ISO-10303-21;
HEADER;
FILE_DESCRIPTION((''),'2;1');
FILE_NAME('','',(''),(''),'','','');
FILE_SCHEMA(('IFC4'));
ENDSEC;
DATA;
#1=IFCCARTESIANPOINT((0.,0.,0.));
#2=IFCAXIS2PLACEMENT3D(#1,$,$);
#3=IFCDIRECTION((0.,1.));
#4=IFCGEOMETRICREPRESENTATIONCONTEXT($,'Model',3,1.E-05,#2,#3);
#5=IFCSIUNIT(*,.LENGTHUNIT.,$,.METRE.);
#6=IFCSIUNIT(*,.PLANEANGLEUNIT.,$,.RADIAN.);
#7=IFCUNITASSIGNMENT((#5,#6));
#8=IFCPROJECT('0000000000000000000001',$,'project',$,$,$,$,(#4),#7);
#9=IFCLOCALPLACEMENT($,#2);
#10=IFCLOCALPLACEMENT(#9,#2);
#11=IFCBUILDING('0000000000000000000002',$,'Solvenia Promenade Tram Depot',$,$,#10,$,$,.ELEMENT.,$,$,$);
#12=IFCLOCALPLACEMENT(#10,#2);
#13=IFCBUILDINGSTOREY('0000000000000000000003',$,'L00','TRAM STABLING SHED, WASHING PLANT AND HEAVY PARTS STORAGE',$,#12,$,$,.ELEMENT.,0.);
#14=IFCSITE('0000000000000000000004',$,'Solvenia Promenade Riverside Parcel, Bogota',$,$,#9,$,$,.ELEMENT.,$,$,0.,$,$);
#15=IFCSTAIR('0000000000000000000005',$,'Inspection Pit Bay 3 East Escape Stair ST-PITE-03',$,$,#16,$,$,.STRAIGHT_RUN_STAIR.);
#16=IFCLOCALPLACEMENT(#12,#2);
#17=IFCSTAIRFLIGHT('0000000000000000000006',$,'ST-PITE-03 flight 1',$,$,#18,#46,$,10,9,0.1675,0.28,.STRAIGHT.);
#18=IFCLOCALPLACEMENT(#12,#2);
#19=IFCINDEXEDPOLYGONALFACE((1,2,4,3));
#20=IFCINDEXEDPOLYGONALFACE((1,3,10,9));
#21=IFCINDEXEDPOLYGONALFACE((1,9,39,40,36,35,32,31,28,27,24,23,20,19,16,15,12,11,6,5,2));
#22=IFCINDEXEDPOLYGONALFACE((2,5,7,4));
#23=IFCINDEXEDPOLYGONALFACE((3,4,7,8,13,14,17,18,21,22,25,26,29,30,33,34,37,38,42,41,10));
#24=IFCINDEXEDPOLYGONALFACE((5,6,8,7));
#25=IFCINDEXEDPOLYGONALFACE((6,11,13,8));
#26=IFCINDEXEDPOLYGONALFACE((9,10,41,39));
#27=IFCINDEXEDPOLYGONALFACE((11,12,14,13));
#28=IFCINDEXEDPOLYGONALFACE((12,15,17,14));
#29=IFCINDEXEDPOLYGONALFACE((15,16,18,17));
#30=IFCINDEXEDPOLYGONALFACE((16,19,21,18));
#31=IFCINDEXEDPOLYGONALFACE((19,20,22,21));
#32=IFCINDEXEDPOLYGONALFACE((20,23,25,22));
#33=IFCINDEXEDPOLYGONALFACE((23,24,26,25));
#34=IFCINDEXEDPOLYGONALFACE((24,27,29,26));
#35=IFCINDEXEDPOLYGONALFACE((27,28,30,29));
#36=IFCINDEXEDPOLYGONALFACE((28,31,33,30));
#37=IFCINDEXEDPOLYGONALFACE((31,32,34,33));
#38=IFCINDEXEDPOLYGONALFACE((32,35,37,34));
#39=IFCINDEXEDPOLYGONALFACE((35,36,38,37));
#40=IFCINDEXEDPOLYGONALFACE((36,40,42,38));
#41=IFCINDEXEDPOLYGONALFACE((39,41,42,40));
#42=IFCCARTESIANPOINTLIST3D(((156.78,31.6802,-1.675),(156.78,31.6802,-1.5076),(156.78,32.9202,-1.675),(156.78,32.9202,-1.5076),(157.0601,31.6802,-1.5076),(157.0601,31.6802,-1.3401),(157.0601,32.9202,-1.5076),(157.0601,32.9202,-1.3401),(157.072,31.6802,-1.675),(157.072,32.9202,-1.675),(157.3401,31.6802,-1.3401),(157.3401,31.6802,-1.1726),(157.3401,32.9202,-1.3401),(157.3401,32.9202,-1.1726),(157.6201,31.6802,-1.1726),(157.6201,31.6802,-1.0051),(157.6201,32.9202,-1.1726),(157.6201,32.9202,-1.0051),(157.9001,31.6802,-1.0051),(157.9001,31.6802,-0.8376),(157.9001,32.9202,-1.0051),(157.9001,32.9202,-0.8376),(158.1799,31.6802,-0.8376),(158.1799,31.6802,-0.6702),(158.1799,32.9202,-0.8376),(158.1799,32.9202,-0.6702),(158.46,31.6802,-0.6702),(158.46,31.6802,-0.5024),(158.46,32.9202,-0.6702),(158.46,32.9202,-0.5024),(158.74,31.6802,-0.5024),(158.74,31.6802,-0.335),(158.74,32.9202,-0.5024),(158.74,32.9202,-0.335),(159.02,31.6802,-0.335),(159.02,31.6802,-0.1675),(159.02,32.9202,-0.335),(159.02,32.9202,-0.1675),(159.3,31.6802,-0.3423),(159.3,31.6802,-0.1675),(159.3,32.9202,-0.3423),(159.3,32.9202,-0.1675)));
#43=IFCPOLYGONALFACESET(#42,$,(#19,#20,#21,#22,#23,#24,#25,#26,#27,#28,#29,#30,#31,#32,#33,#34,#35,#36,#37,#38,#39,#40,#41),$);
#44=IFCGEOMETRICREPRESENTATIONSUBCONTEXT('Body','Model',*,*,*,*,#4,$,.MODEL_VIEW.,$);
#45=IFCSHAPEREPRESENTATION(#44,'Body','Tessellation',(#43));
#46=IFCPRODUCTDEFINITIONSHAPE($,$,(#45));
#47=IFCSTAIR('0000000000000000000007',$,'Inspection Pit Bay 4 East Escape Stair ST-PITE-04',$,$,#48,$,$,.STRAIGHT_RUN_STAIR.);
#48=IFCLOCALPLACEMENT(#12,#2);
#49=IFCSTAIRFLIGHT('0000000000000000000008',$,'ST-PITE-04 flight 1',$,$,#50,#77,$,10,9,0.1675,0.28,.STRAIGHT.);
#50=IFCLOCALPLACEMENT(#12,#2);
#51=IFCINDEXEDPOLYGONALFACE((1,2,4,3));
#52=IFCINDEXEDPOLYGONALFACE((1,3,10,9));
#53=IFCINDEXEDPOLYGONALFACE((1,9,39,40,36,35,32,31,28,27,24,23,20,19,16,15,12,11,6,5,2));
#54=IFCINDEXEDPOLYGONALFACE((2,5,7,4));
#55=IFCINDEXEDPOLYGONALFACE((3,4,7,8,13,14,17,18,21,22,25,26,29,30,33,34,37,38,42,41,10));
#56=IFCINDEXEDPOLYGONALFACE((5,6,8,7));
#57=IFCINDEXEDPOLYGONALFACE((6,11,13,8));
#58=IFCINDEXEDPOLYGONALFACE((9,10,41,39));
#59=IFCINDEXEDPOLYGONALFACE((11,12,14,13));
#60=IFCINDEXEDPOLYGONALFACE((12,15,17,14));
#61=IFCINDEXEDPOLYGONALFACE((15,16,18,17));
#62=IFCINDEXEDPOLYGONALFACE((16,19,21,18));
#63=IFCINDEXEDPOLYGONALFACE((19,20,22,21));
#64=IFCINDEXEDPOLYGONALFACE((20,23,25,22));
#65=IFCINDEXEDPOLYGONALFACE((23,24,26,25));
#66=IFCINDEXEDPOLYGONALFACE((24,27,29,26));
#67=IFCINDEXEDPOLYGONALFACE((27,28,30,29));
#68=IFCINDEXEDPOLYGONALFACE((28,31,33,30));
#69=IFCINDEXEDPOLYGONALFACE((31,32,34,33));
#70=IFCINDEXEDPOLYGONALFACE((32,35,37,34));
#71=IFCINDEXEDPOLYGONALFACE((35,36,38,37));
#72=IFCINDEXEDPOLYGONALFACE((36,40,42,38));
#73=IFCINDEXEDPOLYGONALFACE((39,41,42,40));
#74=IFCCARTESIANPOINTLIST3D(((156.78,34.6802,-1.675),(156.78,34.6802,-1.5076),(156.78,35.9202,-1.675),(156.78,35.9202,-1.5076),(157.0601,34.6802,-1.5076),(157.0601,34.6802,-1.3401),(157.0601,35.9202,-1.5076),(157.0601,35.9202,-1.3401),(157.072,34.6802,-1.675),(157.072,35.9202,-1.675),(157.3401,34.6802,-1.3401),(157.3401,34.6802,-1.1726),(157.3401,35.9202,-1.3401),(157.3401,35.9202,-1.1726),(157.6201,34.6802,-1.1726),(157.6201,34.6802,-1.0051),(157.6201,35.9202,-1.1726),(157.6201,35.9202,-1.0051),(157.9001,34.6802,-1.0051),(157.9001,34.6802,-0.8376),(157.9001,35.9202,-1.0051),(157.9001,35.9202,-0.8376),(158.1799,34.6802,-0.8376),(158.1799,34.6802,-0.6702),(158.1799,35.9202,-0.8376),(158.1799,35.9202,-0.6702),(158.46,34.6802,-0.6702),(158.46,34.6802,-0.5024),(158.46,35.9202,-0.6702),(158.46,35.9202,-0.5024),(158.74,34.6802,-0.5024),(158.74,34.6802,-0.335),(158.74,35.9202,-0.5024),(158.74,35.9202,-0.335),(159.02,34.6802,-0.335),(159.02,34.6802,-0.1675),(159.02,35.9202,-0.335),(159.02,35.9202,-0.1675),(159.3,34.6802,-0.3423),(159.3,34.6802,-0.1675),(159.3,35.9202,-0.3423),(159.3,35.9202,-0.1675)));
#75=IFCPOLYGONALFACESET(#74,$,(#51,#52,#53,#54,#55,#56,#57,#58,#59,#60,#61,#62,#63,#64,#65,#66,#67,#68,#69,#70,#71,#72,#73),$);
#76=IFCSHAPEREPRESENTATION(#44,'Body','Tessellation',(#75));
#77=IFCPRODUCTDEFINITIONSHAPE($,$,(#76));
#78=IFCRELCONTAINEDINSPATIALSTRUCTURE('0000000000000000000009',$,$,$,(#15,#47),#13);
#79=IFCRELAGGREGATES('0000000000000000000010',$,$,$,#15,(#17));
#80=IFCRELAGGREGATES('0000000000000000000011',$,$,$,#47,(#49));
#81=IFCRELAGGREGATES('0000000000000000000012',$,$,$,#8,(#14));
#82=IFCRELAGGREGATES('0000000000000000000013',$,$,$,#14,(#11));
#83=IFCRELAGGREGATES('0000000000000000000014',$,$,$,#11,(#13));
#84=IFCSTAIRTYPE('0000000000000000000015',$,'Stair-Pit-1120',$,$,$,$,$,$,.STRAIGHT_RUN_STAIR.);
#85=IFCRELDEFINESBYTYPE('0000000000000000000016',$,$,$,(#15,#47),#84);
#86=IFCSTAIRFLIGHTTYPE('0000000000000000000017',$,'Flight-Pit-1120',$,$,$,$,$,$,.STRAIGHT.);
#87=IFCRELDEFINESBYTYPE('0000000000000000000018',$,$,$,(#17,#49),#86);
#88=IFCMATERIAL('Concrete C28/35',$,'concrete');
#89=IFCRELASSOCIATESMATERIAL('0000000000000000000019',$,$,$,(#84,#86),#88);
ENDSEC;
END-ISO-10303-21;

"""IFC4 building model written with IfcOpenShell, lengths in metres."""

from ifc_helpers import new_model, si_unit, direction, frame, origin, place, context, subcontext, project, spatial, polyline, outline, extrude, material, type_object, element, aggregate, save


model = new_model("IFC4")

# Units and contexts
model_context = context("Model", 3, precision=1e-05, world=origin(), true_north=direction((0.0, 1.0)))
body_context = subcontext(model_context, "Body", "Model", "MODEL_VIEW")
ifc_project = project(units=[si_unit("LENGTHUNIT", "METRE"), si_unit("PLANEANGLEUNIT", "RADIAN")], contexts=[model_context])

# Site, building, storey
site_placement = place(None, origin())
site = spatial("IfcSite", under=ifc_project, at=site_placement, Name="Solvenia Promenade Riverside Parcel, Bogota", CompositionType="ELEMENT", RefElevation=0.0)
building_placement = place(site_placement, origin())
building = spatial("IfcBuilding", under=site, at=building_placement, Name="Solvenia Promenade Tram Depot", CompositionType="ELEMENT")
storey_placement = place(building_placement, origin())
storey = spatial("IfcBuildingStorey", under=building, at=storey_placement, Name="L00", Description="TRAM STABLING SHED, WASHING PLANT AND HEAVY PARTS STORAGE", CompositionType="ELEMENT", Elevation=0.0)

# Shared definitions
ifc_material_1 = material(Name="Concrete C28/35", Category="concrete")

# Stairs, stair flights
stair_type = type_object("IfcStairType", Name="Stair-Pit-1120", PredefinedType="STRAIGHT_RUN_STAIR", material=ifc_material_1)
stair_1_placement = place(storey_placement, origin())
stair_1 = element("IfcStair", 1, at=stair_1_placement, inside=storey, type_object=stair_type, Name="Inspection Pit Bay 3 East Escape Stair ST-PITE-03", PredefinedType="STRAIGHT_RUN_STAIR")
stair_flight_type = type_object("IfcStairFlightType", Name="Flight-Pit-1120", PredefinedType="STRAIGHT", material=ifc_material_1)
stair_flight_1_placement = place(storey_placement, frame((156.78, 32.3, -1.675), z_axis=(0.0, 0.0, 1.0), x_axis=(1.0, 0.0, 0.0)))
stair_flight_1 = element("IfcStairFlight", 2, at=stair_flight_1_placement, type_object=stair_flight_type, Name="ST-PITE-03 flight 1", NumberOfRisers=10, NumberOfTreads=9, PredefinedType="STRAIGHT", RiserHeight=0.1675, TreadLength=0.28, context=body_context, shape_type="SweptSolid", body=[
    extrude(outline(polyline([(0.0, 0.0), (0.0, 0.1675), (0.28, 0.1675), (0.28, 0.335), (0.5601, 0.335), (0.5601, 0.5024), (0.8401, 0.5024), (0.8401, 0.6699), (1.1201, 0.6699), (1.1201, 0.8374), (1.3999, 0.8374), (1.3999, 1.0049), (1.6799, 1.0049), (1.6799, 1.1726), (1.96, 1.1726), (1.96, 1.3401), (2.24, 1.3401), (2.24, 1.5076), (2.52, 1.5076), (2.52, 1.675), (2.52, 1.3328), (0.292, 0.0), (0.0, 0.0)])), frame((0.0, 0.6201, 0.0), z_axis=(0.0, -1.0, 0.0), x_axis=(1.0, 0.0, 0.0)), (0.0, 0.0, 1.0), 1.24),
])
aggregate(stair_1, [stair_flight_1])
stair_2_placement = place(storey_placement, origin())
stair_2 = element("IfcStair", 3, at=stair_2_placement, inside=storey, type_object=stair_type, Name="Inspection Pit Bay 4 East Escape Stair ST-PITE-04", PredefinedType="STRAIGHT_RUN_STAIR")
stair_flight_2_placement = place(storey_placement, frame((156.78, 35.3, -1.675), z_axis=(0.0, 0.0, 1.0), x_axis=(1.0, 0.0, 0.0)))
stair_flight_2 = element("IfcStairFlight", 4, at=stair_flight_2_placement, type_object=stair_flight_type, Name="ST-PITE-04 flight 1", NumberOfRisers=10, NumberOfTreads=9, PredefinedType="STRAIGHT", RiserHeight=0.1675, TreadLength=0.28, context=body_context, shape_type="SweptSolid", body=[
    extrude(outline(polyline([(0.0, 0.0), (0.0, 0.1675), (0.28, 0.1675), (0.28, 0.335), (0.5601, 0.335), (0.5601, 0.5024), (0.8401, 0.5024), (0.8401, 0.6699), (1.1201, 0.6699), (1.1201, 0.8374), (1.3999, 0.8374), (1.3999, 1.0049), (1.6799, 1.0049), (1.6799, 1.1726), (1.96, 1.1726), (1.96, 1.3401), (2.24, 1.3401), (2.24, 1.5076), (2.52, 1.5076), (2.52, 1.675), (2.52, 1.3328), (0.292, 0.0), (0.0, 0.0)])), frame((0.0, 0.6201, 0.0), z_axis=(0.0, -1.0, 0.0), x_axis=(1.0, 0.0, 0.0)), (0.0, 0.0, 1.0), 1.24),
])
aggregate(stair_2, [stair_flight_2])

save(model, "model.ifc")
